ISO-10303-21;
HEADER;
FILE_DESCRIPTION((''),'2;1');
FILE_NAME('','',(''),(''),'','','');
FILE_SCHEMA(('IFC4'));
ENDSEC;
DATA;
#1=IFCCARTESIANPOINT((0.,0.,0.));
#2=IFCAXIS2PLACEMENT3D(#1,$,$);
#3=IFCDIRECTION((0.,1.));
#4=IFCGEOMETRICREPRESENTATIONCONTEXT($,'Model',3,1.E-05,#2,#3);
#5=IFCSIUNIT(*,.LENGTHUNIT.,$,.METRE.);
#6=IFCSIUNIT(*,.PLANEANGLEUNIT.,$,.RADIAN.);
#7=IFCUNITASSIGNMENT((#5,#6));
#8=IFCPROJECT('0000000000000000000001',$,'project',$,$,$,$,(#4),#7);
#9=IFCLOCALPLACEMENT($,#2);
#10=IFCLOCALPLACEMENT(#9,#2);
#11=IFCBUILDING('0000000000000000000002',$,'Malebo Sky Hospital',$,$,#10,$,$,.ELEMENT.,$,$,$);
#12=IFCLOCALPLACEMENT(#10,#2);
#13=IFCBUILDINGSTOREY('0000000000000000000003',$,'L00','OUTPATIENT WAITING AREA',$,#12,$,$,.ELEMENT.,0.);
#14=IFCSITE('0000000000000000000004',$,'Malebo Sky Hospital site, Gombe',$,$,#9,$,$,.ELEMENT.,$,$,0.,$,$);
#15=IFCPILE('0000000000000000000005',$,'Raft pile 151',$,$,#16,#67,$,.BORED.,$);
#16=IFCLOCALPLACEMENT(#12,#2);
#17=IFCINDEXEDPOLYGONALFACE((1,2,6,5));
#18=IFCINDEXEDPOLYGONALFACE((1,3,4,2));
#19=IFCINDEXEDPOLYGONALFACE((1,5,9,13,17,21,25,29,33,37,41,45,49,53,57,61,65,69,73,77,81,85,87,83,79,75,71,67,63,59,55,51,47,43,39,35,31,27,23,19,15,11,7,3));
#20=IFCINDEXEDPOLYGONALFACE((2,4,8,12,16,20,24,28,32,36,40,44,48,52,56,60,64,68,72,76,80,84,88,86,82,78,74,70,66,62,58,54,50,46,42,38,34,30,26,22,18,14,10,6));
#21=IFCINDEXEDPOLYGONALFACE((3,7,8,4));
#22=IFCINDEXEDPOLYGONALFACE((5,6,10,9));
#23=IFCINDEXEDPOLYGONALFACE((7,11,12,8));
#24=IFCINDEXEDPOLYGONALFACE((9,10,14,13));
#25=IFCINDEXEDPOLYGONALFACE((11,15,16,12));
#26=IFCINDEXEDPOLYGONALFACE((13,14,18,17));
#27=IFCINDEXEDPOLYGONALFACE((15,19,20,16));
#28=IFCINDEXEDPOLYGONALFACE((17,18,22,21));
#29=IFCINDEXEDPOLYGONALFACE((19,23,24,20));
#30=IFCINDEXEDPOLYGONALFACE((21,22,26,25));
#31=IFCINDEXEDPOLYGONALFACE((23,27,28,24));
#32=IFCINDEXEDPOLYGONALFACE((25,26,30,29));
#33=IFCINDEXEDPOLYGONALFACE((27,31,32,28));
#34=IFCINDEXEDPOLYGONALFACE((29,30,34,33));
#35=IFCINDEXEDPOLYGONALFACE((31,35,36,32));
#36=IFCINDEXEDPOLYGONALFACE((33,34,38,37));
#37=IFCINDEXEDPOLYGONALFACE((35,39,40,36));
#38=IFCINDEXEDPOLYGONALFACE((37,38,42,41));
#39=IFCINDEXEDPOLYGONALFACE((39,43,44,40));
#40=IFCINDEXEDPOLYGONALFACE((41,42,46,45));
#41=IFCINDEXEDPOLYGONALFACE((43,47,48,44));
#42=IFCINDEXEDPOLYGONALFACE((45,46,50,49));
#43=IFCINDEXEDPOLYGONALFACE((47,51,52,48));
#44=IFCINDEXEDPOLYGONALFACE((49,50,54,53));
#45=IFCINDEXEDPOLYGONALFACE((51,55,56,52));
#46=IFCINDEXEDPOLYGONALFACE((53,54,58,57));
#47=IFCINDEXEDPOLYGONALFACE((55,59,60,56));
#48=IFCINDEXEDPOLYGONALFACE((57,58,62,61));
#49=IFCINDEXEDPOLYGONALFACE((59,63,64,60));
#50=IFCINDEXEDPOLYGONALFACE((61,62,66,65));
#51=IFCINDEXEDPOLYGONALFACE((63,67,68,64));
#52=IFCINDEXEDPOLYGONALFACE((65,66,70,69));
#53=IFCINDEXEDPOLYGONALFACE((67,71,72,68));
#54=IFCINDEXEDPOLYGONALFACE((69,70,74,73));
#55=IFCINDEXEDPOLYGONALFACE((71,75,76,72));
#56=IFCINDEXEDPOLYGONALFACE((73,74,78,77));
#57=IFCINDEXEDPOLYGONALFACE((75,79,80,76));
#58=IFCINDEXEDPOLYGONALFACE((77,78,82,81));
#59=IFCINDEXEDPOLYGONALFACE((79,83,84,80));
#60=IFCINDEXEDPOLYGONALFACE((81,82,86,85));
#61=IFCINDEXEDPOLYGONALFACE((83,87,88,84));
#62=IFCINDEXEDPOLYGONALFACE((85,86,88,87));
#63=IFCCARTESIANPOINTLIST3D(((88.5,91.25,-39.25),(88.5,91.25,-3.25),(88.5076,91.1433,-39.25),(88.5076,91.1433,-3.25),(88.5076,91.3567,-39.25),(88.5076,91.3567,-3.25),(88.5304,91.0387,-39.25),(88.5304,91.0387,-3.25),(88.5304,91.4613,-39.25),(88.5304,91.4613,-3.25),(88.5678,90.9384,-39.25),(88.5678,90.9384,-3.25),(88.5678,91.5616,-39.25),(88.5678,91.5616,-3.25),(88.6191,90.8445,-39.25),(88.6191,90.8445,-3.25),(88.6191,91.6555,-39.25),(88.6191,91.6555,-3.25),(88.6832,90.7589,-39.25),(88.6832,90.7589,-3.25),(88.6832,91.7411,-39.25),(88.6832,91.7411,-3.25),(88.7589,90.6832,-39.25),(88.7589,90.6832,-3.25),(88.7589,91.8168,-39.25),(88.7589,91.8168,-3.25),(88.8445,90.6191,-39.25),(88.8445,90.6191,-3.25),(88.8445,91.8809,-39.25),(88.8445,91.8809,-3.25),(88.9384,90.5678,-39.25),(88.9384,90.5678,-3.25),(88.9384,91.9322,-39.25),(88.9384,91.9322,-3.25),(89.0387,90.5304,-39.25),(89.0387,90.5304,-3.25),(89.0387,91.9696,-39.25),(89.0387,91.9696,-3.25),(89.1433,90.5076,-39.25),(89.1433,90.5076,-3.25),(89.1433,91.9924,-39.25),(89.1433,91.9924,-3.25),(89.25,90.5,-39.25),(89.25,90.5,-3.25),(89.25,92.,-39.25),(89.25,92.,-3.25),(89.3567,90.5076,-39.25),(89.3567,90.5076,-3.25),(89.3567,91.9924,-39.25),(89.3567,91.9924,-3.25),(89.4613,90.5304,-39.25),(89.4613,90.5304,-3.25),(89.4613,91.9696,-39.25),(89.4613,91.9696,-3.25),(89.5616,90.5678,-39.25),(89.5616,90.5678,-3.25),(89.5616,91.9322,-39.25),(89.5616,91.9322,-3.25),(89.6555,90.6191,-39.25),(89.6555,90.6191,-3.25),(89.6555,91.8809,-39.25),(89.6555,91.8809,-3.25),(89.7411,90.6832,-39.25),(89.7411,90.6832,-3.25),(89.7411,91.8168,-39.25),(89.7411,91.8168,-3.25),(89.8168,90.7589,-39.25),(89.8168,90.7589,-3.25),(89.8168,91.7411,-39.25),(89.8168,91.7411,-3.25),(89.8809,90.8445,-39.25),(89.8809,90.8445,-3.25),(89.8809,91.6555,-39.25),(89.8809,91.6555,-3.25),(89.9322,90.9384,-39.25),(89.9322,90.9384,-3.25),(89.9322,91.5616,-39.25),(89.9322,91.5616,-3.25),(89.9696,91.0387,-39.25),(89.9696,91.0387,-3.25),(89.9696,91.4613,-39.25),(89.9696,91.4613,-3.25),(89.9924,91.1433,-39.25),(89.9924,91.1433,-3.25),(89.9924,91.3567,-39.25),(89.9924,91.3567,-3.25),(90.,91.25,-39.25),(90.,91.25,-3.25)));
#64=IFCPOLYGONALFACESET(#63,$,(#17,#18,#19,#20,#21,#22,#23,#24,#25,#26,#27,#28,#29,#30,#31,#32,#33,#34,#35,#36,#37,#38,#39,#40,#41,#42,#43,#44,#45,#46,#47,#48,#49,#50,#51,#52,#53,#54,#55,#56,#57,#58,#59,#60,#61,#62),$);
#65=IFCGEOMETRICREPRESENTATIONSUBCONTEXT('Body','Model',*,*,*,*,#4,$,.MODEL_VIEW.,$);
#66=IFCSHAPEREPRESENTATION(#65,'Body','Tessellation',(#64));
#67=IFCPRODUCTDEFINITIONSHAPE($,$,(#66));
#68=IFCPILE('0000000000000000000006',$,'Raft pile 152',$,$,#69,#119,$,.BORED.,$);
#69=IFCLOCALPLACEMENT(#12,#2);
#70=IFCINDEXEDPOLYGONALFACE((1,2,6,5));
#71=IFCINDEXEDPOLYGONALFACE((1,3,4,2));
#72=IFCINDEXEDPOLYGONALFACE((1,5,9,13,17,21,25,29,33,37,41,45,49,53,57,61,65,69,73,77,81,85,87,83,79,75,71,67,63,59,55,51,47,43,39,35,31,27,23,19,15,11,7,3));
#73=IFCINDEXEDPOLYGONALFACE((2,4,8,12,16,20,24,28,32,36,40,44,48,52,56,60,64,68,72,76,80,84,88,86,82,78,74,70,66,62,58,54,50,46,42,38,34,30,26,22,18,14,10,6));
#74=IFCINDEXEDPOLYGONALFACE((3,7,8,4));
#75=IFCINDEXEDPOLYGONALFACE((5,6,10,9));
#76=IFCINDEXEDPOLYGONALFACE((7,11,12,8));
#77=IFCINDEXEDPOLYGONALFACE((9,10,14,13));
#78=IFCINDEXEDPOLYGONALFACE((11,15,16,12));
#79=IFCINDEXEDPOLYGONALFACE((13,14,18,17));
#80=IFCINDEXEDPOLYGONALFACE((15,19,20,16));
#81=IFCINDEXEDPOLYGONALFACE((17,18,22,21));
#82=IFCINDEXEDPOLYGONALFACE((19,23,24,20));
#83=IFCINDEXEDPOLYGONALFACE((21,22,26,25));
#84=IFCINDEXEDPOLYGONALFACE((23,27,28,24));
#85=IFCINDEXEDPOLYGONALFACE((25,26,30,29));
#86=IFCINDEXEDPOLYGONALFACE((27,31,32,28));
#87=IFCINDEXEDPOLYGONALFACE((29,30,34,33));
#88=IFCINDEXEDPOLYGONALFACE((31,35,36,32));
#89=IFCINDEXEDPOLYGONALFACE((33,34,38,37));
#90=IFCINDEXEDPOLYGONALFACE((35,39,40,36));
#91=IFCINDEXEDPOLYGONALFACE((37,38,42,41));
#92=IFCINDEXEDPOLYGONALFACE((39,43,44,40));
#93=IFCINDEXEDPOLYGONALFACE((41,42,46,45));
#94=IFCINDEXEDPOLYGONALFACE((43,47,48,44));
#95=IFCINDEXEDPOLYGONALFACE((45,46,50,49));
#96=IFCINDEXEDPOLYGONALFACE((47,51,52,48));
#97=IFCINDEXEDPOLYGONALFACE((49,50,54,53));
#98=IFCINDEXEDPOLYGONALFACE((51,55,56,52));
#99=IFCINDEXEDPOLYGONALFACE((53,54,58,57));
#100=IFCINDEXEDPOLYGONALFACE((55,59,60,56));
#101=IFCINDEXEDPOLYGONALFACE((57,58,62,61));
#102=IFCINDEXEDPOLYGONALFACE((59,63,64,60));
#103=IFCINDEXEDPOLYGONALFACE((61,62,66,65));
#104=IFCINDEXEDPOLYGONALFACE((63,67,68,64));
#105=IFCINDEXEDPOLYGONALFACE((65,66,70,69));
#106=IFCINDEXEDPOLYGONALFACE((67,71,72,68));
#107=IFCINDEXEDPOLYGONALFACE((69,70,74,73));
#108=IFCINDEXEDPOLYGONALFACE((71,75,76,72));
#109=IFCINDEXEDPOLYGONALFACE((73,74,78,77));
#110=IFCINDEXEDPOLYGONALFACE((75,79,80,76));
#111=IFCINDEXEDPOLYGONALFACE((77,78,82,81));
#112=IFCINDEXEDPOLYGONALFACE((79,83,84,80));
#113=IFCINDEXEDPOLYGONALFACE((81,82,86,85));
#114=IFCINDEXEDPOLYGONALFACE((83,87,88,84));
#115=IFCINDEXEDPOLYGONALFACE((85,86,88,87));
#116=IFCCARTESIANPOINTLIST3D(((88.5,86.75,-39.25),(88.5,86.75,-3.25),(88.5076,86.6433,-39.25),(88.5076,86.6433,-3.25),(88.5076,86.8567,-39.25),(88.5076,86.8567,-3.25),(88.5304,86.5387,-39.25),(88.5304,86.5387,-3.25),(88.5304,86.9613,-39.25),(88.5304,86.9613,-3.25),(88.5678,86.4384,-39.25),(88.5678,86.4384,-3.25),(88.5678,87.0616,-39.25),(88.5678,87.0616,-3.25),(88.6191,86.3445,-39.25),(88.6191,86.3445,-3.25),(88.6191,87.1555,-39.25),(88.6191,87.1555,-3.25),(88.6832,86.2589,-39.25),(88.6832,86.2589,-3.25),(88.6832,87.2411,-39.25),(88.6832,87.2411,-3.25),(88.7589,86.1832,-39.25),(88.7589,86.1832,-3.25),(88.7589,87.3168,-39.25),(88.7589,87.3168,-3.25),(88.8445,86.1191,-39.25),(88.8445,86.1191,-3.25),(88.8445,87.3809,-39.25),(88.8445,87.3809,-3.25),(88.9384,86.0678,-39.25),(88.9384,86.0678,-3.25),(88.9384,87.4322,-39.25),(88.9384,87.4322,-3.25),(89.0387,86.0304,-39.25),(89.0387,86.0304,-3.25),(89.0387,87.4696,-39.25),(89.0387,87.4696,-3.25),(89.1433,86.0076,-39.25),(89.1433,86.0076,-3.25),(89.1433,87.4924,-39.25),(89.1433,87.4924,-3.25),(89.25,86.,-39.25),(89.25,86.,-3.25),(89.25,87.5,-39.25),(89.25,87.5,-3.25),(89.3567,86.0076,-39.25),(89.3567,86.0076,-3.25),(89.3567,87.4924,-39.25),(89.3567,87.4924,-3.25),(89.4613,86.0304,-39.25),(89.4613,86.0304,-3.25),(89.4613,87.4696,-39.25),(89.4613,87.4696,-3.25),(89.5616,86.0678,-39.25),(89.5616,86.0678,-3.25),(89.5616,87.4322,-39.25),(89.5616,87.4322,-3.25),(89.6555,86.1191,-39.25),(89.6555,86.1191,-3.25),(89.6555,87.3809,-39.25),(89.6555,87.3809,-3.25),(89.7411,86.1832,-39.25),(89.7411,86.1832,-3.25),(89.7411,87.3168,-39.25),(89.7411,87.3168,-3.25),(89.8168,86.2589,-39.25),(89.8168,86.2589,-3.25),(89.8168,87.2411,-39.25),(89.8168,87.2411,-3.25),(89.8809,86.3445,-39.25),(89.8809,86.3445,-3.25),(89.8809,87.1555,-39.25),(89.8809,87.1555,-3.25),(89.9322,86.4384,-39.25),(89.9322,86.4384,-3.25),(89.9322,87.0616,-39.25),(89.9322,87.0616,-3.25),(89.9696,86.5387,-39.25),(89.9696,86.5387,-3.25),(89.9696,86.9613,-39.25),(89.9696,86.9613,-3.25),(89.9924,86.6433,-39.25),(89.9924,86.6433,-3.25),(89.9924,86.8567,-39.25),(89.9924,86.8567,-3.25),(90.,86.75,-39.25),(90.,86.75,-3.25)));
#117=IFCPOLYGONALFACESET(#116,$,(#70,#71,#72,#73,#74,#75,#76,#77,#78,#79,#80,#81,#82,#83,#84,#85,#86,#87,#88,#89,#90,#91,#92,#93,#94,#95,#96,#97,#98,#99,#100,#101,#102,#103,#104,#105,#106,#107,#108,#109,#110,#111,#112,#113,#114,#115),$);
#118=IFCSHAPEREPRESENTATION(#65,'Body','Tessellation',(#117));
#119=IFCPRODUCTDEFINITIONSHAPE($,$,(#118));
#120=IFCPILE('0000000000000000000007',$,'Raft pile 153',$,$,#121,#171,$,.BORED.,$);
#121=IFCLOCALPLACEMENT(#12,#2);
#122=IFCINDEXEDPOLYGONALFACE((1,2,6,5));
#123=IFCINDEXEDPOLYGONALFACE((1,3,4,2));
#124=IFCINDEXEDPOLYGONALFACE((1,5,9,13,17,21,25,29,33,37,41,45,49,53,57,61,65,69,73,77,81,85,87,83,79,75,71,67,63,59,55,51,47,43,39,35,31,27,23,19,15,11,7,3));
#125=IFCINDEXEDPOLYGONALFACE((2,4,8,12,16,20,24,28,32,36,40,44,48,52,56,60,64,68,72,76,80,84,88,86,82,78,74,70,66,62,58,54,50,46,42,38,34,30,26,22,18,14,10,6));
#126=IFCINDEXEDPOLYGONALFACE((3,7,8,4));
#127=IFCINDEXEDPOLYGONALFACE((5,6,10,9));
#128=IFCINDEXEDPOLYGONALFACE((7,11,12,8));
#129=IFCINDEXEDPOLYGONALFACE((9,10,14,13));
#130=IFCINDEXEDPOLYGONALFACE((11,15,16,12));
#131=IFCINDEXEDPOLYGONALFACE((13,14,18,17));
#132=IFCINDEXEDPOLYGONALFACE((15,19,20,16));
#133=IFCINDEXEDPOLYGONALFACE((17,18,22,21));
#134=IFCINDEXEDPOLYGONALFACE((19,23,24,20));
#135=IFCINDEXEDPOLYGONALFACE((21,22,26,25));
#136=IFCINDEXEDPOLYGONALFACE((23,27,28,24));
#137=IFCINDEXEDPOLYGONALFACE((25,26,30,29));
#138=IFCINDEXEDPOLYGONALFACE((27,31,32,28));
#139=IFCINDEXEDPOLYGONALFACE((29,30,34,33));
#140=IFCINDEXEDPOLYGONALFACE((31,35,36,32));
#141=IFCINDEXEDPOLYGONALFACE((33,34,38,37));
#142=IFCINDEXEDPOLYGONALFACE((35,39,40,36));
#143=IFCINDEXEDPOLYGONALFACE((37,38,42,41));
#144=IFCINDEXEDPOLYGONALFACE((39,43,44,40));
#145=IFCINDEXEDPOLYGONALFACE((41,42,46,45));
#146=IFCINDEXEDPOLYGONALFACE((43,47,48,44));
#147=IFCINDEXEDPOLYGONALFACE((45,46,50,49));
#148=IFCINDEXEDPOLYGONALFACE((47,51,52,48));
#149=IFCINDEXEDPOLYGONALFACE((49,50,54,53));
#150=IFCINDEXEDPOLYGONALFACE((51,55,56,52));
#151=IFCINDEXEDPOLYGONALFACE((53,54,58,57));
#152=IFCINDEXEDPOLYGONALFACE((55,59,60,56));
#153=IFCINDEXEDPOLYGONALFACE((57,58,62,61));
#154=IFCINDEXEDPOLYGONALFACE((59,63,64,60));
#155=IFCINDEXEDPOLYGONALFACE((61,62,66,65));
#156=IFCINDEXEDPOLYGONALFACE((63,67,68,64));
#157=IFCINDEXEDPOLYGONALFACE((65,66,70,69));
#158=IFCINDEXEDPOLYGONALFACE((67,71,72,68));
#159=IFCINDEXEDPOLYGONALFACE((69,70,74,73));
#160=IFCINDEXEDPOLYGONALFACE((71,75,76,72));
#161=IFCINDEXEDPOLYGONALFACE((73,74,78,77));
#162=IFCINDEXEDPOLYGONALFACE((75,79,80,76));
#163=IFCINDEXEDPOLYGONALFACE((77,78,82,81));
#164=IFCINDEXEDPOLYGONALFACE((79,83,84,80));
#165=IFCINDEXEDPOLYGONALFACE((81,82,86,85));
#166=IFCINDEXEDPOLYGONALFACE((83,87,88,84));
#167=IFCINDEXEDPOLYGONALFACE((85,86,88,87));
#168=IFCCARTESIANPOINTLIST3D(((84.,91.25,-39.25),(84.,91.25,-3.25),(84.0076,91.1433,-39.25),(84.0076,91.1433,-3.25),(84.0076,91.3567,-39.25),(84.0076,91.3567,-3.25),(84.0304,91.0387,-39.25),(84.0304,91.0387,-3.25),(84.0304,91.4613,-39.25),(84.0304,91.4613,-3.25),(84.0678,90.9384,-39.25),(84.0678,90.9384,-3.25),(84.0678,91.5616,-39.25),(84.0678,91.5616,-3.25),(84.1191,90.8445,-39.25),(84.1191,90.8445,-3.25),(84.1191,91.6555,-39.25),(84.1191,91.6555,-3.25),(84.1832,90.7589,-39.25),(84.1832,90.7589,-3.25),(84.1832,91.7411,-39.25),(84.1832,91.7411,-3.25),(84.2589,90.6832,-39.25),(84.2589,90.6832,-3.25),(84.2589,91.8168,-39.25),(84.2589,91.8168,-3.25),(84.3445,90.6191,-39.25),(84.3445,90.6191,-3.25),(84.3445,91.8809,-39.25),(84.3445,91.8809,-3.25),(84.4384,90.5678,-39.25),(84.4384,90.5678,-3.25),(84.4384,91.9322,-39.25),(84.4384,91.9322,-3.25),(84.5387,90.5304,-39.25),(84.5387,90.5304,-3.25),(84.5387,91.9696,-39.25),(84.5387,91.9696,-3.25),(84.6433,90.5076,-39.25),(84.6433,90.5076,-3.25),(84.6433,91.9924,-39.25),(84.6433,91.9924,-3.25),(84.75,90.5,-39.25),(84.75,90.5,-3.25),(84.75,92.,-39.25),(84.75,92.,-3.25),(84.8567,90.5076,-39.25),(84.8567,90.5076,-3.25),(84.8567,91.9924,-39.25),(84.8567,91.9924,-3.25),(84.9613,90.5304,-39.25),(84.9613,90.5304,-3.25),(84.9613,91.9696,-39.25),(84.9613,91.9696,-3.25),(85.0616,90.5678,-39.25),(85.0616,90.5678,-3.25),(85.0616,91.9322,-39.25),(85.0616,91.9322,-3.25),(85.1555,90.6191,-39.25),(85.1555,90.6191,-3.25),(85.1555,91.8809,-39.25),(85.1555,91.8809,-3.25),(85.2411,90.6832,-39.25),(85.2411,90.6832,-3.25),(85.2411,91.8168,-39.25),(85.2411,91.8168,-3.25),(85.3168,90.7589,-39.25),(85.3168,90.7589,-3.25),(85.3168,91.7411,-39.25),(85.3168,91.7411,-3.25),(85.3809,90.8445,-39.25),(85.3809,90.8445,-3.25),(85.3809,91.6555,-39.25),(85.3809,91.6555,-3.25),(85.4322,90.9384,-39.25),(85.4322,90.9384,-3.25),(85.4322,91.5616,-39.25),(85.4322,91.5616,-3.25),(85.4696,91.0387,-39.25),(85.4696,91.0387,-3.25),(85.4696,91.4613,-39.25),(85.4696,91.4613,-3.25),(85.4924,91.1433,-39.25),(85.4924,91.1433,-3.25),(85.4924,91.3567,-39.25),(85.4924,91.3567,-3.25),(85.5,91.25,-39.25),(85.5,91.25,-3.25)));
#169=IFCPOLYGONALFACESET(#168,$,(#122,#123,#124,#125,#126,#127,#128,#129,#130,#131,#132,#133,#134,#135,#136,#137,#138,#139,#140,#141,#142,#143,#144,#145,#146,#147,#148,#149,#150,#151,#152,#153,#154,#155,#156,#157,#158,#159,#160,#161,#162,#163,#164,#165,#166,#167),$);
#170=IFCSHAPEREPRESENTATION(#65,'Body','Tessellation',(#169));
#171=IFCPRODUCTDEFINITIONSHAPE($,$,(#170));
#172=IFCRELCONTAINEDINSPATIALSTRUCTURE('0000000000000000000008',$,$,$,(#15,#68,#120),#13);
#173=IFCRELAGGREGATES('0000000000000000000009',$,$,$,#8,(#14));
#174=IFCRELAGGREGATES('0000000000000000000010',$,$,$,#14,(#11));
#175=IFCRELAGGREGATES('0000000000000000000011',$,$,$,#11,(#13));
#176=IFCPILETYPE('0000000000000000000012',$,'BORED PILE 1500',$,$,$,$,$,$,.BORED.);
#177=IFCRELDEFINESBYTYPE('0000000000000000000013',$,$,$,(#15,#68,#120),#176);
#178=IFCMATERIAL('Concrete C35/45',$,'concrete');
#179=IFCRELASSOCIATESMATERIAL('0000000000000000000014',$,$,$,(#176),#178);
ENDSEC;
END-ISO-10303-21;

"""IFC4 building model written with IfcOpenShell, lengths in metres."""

from ifc_helpers import new_model, si_unit, direction, frame, origin, origin_2d, place, context, subcontext, project, spatial, circle, extrude, material, material_profile, profile_set, type_object, element, save


model = new_model("IFC4")

# Units and contexts
model_context = context("Model", 3, precision=1e-05, world=origin(), true_north=direction((0.0, 1.0)))
body_context = subcontext(model_context, "Body", "Model", "MODEL_VIEW")
ifc_project = project(units=[si_unit("LENGTHUNIT", "METRE"), si_unit("PLANEANGLEUNIT", "RADIAN")], contexts=[model_context])

# Site, building, storey
site_placement = place(None, origin())
site = spatial("IfcSite", under=ifc_project, at=site_placement, Name="Malebo Sky Hospital site, Gombe", CompositionType="ELEMENT", RefElevation=0.0)
building_placement = place(site_placement, origin())
building = spatial("IfcBuilding", under=site, at=building_placement, Name="Malebo Sky Hospital", CompositionType="ELEMENT")
storey_placement = place(building_placement, origin())
storey = spatial("IfcBuildingStorey", under=building, at=storey_placement, Name="L00", Description="OUTPATIENT WAITING AREA", CompositionType="ELEMENT", Elevation=0.0)

# Piles
ifc_material_1 = material(Name="Concrete C35/45", Category="concrete")
ifc_material_profile_1 = material_profile(ifc_material_1, circle(Radius=0.75, at=origin_2d()), Name="BP 1500")
ifc_profile_set_1 = profile_set([ifc_material_profile_1], Name="Concrete C35/45")
pile_type_1 = type_object("IfcPileType", Name="BORED PILE 1500", PredefinedType="BORED", material=ifc_profile_set_1)
for number, where, z_axis, x_axis, name in (
    (1, (89.25, 91.25, -3.25), (0.0, 0.0, -1.0), (1.0, 0.0, 0.0), "Raft pile 151"),
    (2, (89.25, 86.75, -3.25), (0.0, 0.0, -1.0), (1.0, 0.0, 0.0), "Raft pile 152"),
    (3, (84.75, 91.25, -3.25), (0.0, 0.0, -1.0), (1.0, 0.0, 0.0), "Raft pile 153"),
):
    element("IfcPile", number, at=place(storey_placement, frame(where, z_axis=z_axis, x_axis=x_axis)), inside=storey, type_object=pile_type_1, Name=name, PredefinedType="BORED", context=body_context, shape_type="SweptSolid", body=[
        extrude(circle(Radius=0.75, at=origin_2d()), origin(), (0.0, 0.0, 1.0), 36.0),
    ])

save(model, "model.ifc")
